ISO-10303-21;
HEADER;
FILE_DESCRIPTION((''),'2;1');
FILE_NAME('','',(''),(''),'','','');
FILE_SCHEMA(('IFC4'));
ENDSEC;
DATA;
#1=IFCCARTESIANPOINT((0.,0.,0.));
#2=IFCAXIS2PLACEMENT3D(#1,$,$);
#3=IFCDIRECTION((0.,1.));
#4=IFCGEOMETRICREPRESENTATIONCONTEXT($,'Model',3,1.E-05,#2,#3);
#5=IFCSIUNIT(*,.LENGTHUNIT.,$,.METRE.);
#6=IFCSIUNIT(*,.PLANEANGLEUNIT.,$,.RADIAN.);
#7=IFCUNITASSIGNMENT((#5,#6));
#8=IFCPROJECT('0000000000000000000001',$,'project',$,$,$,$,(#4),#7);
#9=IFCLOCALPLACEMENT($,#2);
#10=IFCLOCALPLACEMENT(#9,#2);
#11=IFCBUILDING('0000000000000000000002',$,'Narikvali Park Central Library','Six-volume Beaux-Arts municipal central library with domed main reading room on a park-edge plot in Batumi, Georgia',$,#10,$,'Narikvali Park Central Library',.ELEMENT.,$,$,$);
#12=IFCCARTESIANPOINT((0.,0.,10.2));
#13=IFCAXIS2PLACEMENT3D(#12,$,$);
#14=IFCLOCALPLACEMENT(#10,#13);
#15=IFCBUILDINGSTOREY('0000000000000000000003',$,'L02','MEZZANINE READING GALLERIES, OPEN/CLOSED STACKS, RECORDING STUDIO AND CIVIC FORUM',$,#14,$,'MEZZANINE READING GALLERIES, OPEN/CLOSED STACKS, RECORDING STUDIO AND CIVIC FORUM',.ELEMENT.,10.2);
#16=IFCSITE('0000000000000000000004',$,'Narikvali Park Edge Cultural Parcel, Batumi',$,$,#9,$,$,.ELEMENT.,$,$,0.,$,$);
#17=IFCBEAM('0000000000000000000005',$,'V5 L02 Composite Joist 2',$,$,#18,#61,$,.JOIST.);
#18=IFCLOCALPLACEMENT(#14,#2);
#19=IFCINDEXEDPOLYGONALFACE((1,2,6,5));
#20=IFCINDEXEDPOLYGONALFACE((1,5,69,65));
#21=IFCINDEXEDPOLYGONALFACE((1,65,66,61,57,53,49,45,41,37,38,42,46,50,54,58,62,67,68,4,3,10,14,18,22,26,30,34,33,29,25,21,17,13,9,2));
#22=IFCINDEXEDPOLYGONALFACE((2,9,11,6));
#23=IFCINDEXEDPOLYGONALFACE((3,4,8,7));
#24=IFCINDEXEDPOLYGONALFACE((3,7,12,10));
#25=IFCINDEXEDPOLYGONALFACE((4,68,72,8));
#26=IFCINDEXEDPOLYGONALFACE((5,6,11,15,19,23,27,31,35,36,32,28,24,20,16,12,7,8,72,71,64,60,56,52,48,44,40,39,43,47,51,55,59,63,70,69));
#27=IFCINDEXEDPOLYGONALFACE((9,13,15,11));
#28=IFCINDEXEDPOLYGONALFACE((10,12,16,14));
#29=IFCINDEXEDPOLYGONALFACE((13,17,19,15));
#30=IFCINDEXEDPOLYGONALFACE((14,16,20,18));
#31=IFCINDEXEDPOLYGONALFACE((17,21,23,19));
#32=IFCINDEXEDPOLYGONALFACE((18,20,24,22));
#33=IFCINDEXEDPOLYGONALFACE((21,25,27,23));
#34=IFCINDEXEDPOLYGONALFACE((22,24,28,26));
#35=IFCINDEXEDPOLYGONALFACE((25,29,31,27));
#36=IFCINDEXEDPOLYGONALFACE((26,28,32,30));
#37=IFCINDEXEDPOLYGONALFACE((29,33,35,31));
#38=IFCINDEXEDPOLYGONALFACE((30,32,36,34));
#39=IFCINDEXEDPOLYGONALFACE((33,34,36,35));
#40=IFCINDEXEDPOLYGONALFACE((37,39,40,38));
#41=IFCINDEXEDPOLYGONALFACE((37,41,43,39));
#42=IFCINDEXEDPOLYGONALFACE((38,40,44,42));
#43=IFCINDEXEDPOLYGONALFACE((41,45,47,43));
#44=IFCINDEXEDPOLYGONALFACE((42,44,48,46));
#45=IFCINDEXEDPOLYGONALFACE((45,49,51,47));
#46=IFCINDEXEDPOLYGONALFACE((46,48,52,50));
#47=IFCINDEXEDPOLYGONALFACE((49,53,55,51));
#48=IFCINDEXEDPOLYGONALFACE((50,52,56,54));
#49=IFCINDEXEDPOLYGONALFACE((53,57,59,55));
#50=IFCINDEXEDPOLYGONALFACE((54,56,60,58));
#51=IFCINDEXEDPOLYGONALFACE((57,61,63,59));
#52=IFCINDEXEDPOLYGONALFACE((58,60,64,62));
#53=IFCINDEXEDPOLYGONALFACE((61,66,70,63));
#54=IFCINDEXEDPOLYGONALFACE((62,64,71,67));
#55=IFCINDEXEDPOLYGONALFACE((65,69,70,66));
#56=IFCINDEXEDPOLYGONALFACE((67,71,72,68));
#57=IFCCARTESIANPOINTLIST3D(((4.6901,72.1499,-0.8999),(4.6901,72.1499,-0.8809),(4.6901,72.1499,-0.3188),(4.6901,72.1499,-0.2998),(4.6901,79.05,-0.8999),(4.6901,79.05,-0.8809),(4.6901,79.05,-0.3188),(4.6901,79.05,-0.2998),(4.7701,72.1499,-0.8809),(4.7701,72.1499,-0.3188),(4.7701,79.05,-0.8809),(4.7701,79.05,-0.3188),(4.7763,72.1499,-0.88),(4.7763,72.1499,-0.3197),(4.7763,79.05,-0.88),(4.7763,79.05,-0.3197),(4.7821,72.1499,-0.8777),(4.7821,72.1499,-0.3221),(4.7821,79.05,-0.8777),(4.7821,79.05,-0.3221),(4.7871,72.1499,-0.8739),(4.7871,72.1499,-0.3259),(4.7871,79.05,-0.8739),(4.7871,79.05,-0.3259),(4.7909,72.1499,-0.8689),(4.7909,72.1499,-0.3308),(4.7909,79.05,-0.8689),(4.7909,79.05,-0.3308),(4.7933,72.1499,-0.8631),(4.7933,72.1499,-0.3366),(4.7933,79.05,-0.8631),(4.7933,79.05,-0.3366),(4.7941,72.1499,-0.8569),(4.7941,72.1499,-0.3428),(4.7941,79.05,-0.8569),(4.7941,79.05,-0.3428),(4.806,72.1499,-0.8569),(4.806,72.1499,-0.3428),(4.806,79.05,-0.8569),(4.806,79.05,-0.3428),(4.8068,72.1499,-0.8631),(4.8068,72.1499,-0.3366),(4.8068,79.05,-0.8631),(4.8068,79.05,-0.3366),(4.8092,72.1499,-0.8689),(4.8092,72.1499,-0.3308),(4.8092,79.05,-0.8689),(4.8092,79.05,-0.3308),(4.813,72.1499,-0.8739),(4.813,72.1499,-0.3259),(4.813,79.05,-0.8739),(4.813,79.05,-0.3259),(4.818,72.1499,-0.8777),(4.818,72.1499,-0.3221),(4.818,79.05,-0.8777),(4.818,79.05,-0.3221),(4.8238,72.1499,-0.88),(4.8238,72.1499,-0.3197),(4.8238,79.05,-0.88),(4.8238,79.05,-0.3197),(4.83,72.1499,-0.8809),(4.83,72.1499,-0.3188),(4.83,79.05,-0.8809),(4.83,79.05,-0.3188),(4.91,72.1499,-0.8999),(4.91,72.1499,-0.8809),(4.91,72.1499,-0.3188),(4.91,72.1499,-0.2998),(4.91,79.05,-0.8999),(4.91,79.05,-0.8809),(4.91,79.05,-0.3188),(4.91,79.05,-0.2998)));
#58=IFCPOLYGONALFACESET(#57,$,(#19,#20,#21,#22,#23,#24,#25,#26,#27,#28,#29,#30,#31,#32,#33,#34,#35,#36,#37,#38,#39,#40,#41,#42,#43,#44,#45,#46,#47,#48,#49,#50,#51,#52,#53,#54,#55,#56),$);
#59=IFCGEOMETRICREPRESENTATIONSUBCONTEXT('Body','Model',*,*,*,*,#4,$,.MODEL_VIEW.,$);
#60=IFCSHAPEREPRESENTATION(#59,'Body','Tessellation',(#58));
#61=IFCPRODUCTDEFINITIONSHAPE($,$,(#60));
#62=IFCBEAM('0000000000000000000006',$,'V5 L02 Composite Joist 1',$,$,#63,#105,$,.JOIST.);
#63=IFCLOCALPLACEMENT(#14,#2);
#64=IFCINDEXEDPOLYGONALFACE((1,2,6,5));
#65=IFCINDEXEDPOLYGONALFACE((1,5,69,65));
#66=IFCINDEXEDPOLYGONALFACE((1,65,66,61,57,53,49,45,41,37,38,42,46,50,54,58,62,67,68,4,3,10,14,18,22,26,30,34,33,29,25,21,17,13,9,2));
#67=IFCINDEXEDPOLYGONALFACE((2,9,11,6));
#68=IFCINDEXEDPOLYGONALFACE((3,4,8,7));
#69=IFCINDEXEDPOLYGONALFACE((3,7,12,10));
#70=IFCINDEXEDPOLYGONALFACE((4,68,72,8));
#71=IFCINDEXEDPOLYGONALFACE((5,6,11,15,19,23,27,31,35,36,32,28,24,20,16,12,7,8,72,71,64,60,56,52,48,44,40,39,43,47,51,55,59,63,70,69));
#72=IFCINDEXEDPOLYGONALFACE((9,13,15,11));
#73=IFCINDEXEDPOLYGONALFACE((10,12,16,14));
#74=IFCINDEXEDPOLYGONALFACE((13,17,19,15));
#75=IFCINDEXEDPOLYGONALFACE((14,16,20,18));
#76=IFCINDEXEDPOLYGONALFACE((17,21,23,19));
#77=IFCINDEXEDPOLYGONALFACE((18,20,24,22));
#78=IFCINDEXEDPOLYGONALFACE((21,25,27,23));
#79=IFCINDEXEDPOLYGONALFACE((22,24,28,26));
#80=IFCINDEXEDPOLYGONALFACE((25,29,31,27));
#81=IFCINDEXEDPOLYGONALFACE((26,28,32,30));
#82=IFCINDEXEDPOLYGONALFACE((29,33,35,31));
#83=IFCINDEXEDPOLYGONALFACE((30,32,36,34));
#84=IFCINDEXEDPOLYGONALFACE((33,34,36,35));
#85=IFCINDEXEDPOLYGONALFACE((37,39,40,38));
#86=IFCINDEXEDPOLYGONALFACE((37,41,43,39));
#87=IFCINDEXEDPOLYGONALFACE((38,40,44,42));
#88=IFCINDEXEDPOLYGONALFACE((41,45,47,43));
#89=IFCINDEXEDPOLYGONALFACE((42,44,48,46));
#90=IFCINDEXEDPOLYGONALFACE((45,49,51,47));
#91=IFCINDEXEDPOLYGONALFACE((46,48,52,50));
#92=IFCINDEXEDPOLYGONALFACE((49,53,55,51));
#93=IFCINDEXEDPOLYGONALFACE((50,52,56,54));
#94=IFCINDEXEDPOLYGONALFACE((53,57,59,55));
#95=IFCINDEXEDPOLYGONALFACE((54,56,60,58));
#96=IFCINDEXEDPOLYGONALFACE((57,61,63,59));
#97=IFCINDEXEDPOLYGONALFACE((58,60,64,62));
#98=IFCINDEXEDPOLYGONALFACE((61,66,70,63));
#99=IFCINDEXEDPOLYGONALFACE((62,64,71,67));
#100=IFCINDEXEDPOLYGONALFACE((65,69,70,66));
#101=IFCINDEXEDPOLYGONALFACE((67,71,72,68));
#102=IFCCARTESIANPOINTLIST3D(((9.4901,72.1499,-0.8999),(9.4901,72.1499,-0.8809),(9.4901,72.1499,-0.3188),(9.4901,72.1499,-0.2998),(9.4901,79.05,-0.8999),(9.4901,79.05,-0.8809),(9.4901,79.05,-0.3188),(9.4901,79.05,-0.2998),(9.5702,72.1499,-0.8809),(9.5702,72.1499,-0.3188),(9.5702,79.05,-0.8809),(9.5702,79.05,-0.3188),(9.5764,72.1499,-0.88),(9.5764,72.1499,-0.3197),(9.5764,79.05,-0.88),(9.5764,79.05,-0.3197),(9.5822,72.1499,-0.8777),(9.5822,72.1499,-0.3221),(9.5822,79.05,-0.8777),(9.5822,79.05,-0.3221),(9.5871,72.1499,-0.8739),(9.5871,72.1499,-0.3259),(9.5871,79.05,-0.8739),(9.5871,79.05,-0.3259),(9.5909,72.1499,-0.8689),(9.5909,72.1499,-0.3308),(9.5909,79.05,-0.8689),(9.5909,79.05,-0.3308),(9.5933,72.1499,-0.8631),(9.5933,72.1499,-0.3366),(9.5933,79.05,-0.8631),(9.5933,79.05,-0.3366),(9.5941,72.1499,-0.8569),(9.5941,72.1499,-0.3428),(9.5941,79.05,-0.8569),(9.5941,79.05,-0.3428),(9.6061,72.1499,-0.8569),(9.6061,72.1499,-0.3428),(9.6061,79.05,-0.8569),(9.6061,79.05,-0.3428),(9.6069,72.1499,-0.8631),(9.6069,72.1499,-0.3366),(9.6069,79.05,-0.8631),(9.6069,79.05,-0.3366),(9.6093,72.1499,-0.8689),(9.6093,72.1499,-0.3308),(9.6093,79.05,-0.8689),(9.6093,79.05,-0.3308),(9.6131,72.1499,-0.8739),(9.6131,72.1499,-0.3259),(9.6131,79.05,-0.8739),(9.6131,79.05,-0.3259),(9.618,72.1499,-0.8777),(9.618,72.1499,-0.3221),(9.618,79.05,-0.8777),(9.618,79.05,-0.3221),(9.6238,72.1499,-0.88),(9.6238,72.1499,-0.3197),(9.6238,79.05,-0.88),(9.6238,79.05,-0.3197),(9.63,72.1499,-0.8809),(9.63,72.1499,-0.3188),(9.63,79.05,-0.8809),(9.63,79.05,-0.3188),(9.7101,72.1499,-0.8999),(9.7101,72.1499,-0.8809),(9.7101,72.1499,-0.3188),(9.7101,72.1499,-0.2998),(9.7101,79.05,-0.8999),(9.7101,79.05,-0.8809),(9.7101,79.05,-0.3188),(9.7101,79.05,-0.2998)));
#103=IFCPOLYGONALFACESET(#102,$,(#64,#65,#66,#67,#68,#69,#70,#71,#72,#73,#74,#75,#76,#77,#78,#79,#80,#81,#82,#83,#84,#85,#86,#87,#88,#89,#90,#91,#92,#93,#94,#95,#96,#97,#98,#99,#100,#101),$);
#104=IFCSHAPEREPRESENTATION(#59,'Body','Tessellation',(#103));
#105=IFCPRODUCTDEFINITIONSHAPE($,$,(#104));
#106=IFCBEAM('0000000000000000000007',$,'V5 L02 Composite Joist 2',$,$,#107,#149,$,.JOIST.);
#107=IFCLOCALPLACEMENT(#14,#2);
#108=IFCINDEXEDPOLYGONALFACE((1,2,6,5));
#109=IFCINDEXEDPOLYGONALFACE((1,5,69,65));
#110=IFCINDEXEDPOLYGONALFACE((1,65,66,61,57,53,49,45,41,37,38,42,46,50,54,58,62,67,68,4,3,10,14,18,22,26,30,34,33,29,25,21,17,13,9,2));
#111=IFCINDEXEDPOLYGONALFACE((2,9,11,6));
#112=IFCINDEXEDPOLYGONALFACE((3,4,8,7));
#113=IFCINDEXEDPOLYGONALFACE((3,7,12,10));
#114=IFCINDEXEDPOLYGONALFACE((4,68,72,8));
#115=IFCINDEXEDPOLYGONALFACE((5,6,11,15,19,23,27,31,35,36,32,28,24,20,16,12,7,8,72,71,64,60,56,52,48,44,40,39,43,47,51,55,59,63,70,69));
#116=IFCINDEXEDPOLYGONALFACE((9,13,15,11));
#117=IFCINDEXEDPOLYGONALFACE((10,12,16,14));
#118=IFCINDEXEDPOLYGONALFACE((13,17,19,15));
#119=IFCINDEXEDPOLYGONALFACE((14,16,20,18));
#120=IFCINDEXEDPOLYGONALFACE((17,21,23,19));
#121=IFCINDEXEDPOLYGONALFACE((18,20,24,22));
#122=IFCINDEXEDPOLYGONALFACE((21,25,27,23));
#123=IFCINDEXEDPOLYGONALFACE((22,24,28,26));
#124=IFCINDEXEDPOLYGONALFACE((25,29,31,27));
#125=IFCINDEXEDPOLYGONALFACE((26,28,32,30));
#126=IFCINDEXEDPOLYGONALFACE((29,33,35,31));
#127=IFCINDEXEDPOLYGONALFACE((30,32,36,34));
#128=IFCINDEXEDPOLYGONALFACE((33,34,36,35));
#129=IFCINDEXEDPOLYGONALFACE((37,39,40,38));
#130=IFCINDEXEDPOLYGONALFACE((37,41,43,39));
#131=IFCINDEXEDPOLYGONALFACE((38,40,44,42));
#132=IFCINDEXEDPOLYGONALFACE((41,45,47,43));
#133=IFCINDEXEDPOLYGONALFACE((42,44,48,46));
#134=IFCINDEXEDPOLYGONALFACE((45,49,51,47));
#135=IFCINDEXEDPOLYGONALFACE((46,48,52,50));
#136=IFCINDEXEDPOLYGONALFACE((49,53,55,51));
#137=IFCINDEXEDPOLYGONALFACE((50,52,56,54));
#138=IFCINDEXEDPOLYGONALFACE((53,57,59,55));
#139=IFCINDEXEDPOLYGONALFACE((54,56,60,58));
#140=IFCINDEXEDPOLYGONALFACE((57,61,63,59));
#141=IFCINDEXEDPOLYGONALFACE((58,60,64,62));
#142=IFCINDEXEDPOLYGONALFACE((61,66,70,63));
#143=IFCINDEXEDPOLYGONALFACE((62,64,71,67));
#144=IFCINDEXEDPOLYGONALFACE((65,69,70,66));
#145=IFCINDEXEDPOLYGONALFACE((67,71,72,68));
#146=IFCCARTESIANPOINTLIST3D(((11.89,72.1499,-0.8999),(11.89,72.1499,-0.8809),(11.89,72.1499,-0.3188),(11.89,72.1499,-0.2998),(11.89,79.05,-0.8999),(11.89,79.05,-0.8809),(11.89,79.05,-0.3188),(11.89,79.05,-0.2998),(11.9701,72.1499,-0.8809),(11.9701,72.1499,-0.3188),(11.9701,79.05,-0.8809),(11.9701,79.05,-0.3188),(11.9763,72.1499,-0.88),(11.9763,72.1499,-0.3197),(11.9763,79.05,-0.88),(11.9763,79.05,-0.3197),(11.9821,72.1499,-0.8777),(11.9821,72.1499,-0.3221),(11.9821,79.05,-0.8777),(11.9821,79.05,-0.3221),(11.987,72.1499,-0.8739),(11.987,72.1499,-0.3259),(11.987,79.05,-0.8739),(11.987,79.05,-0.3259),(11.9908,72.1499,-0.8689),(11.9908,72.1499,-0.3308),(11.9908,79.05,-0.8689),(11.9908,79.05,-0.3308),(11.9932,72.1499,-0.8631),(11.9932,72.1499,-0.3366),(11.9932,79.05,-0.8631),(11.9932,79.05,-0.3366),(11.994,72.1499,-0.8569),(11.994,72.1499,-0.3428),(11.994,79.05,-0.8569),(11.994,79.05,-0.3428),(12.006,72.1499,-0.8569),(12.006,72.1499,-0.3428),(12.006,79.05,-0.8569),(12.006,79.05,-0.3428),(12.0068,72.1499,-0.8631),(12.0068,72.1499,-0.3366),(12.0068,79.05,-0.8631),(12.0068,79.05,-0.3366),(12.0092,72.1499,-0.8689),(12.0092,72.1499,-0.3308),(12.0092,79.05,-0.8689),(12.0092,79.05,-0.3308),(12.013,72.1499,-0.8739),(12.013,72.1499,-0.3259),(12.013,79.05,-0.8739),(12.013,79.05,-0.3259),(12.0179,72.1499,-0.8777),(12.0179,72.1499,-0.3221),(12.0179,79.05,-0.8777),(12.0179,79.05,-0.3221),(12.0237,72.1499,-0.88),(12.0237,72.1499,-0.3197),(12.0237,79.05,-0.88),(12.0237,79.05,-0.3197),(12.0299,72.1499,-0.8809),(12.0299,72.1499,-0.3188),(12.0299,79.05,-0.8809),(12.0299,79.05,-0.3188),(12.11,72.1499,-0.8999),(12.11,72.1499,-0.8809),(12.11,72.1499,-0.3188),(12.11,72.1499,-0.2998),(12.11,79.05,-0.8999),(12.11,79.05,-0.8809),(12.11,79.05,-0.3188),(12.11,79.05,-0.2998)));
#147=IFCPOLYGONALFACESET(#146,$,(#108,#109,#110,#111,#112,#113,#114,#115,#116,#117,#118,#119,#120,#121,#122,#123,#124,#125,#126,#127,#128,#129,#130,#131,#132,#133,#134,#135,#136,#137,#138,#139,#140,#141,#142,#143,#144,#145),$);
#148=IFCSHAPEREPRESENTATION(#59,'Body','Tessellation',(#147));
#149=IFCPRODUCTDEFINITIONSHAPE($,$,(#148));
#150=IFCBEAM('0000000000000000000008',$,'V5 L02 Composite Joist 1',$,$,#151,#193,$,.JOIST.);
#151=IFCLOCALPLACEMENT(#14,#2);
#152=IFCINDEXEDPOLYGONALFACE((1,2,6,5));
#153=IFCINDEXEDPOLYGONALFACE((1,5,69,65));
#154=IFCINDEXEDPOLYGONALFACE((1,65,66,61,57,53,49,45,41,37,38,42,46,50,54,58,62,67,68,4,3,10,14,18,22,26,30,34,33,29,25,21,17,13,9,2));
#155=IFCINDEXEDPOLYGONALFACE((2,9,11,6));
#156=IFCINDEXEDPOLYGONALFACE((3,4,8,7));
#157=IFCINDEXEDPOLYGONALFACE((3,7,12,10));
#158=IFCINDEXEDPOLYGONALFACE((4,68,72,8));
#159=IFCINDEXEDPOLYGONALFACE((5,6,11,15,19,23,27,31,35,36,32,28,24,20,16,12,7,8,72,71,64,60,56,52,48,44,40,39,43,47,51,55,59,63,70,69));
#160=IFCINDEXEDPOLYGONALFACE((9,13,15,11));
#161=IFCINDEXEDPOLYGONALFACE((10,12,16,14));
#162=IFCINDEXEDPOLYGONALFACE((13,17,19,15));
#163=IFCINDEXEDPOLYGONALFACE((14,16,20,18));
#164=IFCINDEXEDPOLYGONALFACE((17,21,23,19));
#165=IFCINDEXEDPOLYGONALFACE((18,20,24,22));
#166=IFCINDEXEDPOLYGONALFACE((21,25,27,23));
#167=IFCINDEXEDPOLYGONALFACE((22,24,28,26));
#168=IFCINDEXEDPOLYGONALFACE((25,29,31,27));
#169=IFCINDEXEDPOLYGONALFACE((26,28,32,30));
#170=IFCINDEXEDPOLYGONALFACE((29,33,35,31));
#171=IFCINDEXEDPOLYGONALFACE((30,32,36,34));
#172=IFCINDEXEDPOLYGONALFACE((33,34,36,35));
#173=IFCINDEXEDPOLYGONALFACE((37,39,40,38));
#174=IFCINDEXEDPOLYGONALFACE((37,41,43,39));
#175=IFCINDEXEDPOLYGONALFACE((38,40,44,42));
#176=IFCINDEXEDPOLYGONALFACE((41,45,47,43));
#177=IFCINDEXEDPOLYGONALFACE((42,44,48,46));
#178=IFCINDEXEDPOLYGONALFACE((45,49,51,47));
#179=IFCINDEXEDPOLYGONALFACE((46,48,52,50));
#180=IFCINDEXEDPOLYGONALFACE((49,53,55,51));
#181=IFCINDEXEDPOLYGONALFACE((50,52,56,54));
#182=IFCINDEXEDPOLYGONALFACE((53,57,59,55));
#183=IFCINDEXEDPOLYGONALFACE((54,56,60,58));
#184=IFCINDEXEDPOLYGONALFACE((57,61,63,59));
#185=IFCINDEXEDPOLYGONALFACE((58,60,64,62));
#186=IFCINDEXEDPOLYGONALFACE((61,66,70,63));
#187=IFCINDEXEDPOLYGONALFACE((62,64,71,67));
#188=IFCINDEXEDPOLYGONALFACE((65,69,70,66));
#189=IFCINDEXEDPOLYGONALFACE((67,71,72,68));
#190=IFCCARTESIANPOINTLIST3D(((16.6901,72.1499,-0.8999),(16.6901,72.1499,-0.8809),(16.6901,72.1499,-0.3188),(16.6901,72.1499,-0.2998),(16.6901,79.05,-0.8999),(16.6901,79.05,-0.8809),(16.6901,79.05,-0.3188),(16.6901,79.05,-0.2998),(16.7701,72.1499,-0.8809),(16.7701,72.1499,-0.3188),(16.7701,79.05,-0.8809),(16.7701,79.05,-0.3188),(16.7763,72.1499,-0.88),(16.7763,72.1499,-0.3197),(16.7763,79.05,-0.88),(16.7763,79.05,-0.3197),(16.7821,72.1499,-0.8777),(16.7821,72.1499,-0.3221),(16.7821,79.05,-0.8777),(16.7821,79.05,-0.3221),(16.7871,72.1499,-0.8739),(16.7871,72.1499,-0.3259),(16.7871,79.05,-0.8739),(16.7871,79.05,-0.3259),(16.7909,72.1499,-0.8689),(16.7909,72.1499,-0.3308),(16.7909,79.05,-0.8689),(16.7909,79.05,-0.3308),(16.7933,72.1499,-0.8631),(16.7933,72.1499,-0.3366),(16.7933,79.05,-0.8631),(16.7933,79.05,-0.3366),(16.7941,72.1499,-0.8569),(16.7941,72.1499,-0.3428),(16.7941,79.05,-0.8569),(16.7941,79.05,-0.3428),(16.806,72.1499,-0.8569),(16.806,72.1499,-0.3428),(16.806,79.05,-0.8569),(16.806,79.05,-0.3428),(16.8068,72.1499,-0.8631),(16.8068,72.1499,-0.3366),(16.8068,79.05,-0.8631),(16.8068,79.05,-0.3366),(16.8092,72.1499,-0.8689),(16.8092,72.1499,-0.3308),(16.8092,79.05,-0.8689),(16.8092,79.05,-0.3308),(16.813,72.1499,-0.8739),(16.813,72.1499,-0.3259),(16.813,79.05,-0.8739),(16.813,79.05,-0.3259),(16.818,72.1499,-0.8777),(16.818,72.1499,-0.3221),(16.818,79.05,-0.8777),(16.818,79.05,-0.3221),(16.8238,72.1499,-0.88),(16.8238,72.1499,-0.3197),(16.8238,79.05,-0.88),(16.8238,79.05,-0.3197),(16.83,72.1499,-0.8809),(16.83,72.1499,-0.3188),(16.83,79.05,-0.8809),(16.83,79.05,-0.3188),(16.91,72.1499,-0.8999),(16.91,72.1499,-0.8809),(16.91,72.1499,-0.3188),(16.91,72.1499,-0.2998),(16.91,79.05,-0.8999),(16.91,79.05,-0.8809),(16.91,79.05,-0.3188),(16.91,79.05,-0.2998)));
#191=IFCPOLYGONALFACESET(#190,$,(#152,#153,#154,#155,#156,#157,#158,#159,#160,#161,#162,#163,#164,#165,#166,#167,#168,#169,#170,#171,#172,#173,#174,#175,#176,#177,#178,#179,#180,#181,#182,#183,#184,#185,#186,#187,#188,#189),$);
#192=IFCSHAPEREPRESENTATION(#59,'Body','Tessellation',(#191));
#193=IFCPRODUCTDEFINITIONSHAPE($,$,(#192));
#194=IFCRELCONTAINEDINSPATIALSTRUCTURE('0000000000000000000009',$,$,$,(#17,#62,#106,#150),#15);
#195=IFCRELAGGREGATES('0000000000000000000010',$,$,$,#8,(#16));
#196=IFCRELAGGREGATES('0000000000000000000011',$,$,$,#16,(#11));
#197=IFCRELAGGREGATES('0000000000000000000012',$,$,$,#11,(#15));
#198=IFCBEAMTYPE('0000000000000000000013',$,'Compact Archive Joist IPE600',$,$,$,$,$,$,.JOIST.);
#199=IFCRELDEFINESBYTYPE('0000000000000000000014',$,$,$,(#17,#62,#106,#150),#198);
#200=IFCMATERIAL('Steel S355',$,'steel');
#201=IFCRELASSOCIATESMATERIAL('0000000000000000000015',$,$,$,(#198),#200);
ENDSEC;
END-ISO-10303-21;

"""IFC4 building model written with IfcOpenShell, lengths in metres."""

from ifc_helpers import new_model, si_unit, direction, frame, origin, origin_2d, place, context, subcontext, project, spatial, i_section, extrude, material, material_profile, profile_set, type_object, element, save


model = new_model("IFC4")

# Units and contexts
model_context = context("Model", 3, precision=1e-05, world=origin(), true_north=direction((0.0, 1.0)))
body_context = subcontext(model_context, "Body", "Model", "MODEL_VIEW")
ifc_project = project(units=[si_unit("LENGTHUNIT", "METRE"), si_unit("PLANEANGLEUNIT", "RADIAN")], contexts=[model_context])

# Site, building, storey
site_placement = place(None, origin())
site = spatial("IfcSite", under=ifc_project, at=site_placement, Name="Narikvali Park Edge Cultural Parcel, Batumi", CompositionType="ELEMENT", RefElevation=0.0)
building_placement = place(site_placement, origin())
building = spatial("IfcBuilding", under=site, at=building_placement, Name="Narikvali Park Central Library", Description="Six-volume Beaux-Arts municipal central library with domed main reading room on a park-edge plot in Batumi, Georgia", LongName="Narikvali Park Central Library", CompositionType="ELEMENT")
storey_placement = place(building_placement, frame((0.0, 0.0, 10.2)))
storey = spatial("IfcBuildingStorey", under=building, at=storey_placement, Name="L02", Description="MEZZANINE READING GALLERIES, OPEN/CLOSED STACKS, RECORDING STUDIO AND CIVIC FORUM", LongName="MEZZANINE READING GALLERIES, OPEN/CLOSED STACKS, RECORDING STUDIO AND CIVIC FORUM", CompositionType="ELEMENT", Elevation=10.2)

# Shared definitions
ifc_material_1 = material(Name="Steel S355", Category="steel")

# Beams
ifc_material_profile_1 = material_profile(ifc_material_1, i_section(OverallWidth=0.22, OverallDepth=0.6001, WebThickness=0.012, FlangeThickness=0.019, FilletRadius=0.0239, at=origin_2d()), Name="IPE 600")
ifc_profile_set_1 = profile_set([ifc_material_profile_1], Name="Steel S355")
beam_type_1 = type_object("IfcBeamType", Name="Compact Archive Joist IPE600", PredefinedType="JOIST", material=ifc_profile_set_1)
for number, where, z_axis, x_axis, name in (
    (1, (4.8, 72.1499, -0.5999), (0.0, 1.0, 0.0), (-1.0, 0.0, 0.0), "V5 L02 Composite Joist 2"),
    (2, (9.6001, 72.1499, -0.5999), (0.0, 1.0, 0.0), (-1.0, 0.0, 0.0), "V5 L02 Composite Joist 1"),
    (3, (12.0, 72.1499, -0.5999), (0.0, 1.0, 0.0), (-1.0, 0.0, 0.0), "V5 L02 Composite Joist 2"),
    (4, (16.8, 72.1499, -0.5999), (0.0, 1.0, 0.0), (-1.0, 0.0, 0.0), "V5 L02 Composite Joist 1"),
):
    element("IfcBeam", number, at=place(storey_placement, frame(where, z_axis=z_axis, x_axis=x_axis)), inside=storey, type_object=beam_type_1, Name=name, PredefinedType="JOIST", context=body_context, shape_type="SweptSolid", body=[
        extrude(i_section(OverallWidth=0.22, OverallDepth=0.6001, WebThickness=0.012, FlangeThickness=0.019, FilletRadius=0.0239, at=origin_2d()), origin(), (0.0, 0.0, 1.0), 6.9001),
    ])

save(model, "model.ifc")
